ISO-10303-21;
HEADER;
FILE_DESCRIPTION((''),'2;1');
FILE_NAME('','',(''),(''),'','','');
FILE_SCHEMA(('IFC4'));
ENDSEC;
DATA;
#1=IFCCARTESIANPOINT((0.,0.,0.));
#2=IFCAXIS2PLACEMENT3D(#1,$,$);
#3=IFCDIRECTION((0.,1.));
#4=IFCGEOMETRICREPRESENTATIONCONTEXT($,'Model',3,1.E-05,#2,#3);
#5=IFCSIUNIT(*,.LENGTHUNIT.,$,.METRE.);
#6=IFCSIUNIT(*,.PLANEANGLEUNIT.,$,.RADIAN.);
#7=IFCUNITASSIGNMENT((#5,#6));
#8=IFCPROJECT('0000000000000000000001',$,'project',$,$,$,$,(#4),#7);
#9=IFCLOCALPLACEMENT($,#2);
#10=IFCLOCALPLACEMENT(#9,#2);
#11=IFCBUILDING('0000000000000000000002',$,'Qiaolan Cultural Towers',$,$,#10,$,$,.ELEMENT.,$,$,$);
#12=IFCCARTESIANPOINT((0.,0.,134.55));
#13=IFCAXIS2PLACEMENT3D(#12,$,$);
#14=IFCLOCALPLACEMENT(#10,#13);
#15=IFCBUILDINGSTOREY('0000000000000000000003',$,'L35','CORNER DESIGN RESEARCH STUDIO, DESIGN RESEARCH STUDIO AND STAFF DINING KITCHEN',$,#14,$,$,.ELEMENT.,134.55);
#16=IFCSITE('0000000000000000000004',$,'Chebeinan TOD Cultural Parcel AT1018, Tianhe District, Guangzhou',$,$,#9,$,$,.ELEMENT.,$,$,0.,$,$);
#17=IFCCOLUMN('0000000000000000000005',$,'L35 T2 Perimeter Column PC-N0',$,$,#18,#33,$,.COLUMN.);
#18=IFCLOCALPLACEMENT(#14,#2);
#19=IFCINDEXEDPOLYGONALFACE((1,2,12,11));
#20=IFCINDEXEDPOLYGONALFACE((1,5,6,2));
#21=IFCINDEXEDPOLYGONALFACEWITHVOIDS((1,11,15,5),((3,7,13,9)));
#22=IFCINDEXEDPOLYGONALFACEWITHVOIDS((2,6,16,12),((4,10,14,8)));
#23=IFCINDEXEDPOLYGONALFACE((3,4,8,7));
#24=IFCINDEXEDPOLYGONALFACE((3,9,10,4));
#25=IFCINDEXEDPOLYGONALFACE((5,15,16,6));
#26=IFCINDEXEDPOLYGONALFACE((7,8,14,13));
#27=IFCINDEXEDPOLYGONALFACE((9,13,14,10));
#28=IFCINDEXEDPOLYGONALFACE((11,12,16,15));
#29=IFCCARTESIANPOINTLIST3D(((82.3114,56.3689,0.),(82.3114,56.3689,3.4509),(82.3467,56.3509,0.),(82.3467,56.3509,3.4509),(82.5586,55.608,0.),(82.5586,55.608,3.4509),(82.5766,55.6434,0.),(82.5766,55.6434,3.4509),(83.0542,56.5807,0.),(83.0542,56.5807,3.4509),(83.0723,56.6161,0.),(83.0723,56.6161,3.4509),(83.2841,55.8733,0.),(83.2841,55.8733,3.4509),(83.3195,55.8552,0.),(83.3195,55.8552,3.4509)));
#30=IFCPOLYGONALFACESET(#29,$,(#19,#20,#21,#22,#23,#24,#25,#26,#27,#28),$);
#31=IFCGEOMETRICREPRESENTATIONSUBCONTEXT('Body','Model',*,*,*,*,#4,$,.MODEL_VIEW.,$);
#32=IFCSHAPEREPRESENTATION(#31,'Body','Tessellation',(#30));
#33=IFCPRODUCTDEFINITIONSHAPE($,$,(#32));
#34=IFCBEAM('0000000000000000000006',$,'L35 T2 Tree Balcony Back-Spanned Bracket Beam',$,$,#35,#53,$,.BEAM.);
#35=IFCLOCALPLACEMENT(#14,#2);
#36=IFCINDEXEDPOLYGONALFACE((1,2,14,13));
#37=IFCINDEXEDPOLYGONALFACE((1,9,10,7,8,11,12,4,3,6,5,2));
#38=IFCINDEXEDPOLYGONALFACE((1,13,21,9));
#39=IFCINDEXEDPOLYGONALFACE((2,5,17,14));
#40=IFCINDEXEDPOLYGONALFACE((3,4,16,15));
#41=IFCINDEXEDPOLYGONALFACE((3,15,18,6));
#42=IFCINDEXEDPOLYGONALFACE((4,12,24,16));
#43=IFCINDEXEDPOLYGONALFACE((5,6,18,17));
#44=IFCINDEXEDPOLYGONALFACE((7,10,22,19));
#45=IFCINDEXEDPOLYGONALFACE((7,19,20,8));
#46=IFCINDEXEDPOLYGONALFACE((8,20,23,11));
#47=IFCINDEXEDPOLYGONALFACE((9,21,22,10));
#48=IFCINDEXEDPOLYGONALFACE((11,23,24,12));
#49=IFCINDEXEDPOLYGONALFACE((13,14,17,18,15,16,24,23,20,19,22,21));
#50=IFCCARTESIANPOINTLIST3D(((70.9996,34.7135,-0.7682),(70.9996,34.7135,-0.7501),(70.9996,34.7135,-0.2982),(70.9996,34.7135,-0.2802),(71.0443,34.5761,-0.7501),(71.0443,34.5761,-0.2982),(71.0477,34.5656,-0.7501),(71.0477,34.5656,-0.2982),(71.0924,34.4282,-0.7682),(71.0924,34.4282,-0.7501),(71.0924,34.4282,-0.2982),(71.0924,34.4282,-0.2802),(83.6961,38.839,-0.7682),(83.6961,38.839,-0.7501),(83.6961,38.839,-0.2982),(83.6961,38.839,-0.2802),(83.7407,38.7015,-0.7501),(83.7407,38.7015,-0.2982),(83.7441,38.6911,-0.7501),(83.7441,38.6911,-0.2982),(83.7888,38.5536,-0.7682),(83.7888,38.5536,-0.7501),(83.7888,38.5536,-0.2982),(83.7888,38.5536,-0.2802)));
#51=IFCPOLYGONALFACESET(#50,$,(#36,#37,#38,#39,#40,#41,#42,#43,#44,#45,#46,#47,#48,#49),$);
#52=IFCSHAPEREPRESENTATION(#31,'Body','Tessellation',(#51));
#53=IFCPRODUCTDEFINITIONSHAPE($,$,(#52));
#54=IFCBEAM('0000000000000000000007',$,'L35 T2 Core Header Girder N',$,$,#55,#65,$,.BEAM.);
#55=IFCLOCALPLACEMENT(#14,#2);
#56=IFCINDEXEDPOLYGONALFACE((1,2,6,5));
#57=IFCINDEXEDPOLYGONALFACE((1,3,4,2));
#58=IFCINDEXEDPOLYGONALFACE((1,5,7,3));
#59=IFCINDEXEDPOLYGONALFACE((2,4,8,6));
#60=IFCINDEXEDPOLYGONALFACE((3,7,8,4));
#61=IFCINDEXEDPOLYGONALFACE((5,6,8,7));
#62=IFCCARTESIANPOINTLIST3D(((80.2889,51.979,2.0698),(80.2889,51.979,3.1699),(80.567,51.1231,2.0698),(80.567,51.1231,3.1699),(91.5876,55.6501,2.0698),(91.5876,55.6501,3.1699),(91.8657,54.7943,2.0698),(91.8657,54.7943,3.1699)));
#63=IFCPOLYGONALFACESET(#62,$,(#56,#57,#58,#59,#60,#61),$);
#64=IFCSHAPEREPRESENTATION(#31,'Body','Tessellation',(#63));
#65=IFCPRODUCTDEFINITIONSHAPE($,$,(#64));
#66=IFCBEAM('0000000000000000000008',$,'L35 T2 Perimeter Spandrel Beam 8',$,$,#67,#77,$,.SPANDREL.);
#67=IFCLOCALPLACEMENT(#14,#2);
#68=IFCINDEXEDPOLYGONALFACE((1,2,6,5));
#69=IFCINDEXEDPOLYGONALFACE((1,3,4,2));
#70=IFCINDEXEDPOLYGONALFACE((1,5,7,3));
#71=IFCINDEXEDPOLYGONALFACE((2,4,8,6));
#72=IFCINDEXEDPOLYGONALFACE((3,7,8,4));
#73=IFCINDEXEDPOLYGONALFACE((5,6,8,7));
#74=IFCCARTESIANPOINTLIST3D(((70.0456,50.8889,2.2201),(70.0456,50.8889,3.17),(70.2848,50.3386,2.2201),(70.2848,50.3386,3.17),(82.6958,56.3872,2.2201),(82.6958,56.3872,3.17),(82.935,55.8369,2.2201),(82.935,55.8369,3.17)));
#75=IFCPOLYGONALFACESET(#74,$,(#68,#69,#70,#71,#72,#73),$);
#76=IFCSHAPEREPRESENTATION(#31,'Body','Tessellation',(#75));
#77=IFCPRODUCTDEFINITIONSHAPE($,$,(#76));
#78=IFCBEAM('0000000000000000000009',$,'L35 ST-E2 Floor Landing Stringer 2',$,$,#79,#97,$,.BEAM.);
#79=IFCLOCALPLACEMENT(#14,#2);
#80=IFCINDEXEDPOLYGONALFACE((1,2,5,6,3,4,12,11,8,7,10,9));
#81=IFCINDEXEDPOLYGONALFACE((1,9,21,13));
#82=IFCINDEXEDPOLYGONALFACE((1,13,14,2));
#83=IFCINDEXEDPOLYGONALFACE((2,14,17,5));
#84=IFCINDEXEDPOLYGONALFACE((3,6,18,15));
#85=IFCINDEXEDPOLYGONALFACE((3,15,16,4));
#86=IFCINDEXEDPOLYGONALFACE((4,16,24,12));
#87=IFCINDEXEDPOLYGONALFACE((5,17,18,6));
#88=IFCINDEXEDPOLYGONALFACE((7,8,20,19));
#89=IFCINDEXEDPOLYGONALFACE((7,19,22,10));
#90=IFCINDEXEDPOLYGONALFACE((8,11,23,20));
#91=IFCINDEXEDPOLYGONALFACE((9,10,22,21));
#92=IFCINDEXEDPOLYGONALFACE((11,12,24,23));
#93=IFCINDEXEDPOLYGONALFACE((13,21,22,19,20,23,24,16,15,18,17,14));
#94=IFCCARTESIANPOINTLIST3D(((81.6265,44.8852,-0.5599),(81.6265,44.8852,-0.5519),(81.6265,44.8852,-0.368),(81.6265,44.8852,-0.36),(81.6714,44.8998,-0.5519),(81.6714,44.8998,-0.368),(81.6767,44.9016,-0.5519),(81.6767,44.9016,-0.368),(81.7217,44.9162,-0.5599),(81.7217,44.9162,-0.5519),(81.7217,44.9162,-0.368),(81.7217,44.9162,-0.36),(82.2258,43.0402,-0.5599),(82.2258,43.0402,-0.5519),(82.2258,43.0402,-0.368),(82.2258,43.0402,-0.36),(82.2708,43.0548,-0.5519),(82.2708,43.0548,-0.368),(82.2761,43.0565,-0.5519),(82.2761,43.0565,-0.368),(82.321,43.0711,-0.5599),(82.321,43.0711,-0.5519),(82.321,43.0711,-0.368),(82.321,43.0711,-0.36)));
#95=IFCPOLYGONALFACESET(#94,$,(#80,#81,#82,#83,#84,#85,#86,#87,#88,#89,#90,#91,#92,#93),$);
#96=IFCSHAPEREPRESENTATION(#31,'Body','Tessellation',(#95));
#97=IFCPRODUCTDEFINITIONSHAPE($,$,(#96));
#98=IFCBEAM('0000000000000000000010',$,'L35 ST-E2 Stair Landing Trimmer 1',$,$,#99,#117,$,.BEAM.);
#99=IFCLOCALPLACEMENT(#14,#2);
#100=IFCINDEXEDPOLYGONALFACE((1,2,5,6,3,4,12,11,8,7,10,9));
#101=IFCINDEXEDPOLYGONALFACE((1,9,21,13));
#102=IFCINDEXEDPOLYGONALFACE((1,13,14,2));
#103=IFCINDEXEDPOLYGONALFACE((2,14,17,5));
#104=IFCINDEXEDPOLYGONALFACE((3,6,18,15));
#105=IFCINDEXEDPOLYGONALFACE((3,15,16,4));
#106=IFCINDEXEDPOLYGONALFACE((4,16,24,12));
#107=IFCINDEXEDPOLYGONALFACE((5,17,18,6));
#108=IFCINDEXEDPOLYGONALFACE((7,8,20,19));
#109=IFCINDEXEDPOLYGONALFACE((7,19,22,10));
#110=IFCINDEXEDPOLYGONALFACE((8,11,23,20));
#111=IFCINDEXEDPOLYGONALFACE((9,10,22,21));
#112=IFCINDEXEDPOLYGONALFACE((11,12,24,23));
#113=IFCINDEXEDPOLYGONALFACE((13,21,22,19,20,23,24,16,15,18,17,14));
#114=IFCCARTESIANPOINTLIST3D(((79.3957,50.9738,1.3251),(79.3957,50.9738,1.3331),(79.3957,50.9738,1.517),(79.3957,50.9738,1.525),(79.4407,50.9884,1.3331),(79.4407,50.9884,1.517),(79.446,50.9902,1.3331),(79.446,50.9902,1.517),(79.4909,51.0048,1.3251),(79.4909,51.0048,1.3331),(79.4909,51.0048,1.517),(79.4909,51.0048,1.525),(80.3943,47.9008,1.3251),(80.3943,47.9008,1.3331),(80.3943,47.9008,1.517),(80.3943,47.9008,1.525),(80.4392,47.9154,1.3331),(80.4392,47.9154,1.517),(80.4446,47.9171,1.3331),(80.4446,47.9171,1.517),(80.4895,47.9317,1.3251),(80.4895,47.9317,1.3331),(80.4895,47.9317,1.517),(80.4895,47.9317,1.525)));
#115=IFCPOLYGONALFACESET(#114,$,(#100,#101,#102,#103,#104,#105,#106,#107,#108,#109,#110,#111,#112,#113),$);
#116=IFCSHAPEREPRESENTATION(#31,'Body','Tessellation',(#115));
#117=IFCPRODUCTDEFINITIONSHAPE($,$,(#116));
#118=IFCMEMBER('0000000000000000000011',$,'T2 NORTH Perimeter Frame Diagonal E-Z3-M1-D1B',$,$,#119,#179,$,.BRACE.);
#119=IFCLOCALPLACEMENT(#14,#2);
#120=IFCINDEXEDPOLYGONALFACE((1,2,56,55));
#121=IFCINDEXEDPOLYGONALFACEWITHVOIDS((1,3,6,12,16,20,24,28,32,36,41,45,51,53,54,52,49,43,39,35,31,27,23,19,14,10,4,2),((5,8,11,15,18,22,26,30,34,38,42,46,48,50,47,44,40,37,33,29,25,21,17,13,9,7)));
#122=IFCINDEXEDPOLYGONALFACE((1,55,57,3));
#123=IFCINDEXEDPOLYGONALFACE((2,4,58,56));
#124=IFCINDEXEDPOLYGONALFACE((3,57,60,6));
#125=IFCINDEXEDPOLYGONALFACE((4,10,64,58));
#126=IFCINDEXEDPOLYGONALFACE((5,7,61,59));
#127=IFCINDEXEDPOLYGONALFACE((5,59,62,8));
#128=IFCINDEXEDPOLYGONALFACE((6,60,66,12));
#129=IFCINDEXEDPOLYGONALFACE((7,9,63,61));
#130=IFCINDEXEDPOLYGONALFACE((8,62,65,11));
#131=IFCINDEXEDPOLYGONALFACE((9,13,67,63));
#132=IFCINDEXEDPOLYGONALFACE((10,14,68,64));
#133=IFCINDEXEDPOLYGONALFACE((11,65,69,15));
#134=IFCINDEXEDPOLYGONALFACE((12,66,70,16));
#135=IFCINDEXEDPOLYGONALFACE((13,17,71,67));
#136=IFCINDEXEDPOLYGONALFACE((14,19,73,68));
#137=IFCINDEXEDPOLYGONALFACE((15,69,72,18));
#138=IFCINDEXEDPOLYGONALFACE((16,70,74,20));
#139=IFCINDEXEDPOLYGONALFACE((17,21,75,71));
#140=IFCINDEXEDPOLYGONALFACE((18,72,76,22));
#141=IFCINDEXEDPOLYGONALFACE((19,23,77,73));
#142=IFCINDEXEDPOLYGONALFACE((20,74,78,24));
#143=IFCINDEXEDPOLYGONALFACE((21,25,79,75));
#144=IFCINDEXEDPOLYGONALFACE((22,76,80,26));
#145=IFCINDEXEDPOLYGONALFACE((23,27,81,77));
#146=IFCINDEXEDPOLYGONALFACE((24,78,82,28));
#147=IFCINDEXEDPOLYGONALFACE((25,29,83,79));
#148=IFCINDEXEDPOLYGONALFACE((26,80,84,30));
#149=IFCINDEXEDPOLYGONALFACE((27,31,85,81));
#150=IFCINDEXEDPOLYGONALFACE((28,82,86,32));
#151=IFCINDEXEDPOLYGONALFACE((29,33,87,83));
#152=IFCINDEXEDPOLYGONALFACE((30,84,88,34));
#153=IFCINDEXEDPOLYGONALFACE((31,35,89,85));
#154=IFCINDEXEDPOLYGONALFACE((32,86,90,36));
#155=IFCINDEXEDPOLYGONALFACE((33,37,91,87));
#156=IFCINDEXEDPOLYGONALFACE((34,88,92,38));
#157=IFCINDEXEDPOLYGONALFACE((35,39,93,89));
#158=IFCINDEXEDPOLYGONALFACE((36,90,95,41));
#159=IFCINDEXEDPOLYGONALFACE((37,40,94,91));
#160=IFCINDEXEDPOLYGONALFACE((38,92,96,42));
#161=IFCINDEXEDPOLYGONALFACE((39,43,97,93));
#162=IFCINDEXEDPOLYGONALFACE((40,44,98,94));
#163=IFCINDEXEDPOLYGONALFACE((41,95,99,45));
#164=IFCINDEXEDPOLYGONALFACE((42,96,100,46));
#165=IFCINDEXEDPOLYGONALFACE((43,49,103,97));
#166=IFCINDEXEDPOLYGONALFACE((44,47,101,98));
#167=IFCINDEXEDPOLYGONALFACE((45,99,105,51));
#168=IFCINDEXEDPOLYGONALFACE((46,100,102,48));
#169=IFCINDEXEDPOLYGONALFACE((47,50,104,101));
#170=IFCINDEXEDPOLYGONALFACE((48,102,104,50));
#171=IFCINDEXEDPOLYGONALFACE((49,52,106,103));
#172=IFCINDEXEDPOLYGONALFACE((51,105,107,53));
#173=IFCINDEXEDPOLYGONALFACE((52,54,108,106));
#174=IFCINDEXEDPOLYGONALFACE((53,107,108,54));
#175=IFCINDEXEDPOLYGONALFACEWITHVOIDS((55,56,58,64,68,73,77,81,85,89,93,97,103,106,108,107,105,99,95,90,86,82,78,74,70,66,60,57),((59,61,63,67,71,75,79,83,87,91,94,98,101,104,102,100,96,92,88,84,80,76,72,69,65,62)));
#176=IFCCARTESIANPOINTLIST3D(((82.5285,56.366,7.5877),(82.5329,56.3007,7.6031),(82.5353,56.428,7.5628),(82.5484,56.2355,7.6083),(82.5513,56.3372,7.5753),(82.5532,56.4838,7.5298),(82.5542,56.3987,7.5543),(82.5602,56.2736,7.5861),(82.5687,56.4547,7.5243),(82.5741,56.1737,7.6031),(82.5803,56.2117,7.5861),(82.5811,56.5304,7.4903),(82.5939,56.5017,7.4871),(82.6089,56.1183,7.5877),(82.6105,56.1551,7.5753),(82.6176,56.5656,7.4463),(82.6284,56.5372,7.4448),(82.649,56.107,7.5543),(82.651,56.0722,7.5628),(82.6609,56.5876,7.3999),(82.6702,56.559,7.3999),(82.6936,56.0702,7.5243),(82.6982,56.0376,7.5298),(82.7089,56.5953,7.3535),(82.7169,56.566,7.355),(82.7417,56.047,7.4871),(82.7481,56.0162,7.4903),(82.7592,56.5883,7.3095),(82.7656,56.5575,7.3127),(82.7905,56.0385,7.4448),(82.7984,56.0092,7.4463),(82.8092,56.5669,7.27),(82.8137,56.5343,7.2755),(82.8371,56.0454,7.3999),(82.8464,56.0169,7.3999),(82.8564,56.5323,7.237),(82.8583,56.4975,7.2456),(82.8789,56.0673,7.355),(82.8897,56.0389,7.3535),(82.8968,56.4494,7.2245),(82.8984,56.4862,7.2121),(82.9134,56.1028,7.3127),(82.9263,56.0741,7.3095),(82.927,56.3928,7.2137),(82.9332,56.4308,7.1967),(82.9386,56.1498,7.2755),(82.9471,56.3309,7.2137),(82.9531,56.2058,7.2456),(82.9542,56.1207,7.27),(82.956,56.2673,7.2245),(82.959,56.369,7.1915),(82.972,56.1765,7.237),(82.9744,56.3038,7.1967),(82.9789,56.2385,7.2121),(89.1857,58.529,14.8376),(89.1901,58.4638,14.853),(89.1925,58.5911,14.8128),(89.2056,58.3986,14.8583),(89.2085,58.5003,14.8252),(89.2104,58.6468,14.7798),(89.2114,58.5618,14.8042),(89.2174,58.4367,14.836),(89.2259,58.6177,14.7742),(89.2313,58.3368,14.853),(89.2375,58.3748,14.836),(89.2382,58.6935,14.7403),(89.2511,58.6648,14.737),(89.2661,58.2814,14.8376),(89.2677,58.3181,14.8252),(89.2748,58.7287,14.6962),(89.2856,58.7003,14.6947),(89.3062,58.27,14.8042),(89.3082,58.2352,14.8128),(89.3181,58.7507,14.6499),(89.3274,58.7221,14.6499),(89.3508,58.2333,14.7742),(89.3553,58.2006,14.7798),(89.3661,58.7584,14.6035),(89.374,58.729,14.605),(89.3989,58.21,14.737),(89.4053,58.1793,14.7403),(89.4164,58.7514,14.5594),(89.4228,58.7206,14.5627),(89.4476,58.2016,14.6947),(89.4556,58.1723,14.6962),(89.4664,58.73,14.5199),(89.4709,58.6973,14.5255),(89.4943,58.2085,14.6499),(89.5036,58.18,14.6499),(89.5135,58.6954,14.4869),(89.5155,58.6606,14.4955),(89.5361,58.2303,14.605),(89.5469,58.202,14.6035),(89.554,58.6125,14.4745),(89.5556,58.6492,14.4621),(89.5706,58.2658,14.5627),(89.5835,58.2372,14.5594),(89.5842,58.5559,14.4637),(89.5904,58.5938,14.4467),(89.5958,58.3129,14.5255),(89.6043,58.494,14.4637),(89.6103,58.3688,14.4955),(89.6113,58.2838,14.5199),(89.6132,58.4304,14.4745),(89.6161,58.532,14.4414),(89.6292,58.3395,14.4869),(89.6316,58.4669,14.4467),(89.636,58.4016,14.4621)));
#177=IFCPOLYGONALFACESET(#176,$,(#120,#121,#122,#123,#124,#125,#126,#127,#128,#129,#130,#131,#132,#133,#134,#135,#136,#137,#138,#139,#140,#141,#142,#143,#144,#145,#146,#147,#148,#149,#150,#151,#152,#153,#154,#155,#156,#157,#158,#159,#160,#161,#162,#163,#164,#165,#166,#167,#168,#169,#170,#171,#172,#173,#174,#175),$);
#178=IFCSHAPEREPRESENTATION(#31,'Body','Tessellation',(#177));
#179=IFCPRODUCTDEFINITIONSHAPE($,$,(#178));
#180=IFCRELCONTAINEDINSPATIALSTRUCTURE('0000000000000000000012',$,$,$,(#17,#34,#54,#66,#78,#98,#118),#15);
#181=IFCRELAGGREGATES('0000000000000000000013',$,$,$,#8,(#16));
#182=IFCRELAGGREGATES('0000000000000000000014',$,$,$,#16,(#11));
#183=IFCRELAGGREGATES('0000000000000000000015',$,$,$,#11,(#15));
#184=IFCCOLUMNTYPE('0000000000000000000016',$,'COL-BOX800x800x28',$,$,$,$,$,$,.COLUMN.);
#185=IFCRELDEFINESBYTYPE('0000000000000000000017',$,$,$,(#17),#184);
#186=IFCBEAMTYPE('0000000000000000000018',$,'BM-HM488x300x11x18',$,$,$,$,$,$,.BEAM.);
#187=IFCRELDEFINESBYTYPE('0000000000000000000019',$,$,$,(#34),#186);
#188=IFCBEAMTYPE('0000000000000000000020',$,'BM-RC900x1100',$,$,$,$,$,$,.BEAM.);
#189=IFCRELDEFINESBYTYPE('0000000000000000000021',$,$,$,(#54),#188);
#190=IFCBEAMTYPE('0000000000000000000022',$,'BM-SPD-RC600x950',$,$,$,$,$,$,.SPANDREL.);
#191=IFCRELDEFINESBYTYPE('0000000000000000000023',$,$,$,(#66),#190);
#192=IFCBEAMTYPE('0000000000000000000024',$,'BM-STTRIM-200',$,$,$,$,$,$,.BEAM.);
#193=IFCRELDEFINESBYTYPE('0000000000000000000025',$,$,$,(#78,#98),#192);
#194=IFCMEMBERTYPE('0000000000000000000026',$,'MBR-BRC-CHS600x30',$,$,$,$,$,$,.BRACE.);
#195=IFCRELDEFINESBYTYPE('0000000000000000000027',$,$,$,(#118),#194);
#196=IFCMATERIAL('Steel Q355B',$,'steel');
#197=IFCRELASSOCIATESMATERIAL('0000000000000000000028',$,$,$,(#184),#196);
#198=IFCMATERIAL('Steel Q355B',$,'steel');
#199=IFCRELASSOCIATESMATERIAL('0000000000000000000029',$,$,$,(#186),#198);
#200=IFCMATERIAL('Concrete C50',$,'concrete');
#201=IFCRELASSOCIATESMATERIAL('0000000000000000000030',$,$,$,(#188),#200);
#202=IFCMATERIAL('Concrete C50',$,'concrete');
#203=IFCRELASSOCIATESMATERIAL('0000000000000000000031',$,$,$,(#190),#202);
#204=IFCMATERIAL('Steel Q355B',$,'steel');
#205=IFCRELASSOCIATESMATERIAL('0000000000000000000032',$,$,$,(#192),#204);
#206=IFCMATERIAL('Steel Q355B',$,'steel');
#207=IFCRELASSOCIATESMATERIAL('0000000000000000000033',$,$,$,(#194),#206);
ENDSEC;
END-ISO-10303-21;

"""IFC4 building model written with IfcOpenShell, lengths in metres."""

from ifc_helpers import new_model, si_unit, direction, frame, origin, origin_2d, place, context, subcontext, project, spatial, rectangle, hollow_rectangle, hollow_circle, i_section, extrude, material, material_profile, profile_set, type_object, element, save


model = new_model("IFC4")

# Units and contexts
model_context = context("Model", 3, precision=1e-05, world=origin(), true_north=direction((0.0, 1.0)))
body_context = subcontext(model_context, "Body", "Model", "MODEL_VIEW")
ifc_project = project(units=[si_unit("LENGTHUNIT", "METRE"), si_unit("PLANEANGLEUNIT", "RADIAN")], contexts=[model_context])

# Site, building, storey
site_placement = place(None, origin())
site = spatial("IfcSite", under=ifc_project, at=site_placement, Name="Chebeinan TOD Cultural Parcel AT1018, Tianhe District, Guangzhou", CompositionType="ELEMENT", RefElevation=0.0)
building_placement = place(site_placement, origin())
building = spatial("IfcBuilding", under=site, at=building_placement, Name="Qiaolan Cultural Towers", CompositionType="ELEMENT")
storey_placement = place(building_placement, frame((0.0, 0.0, 134.55)))
storey = spatial("IfcBuildingStorey", under=building, at=storey_placement, Name="L35", Description="CORNER DESIGN RESEARCH STUDIO, DESIGN RESEARCH STUDIO AND STAFF DINING KITCHEN", CompositionType="ELEMENT", Elevation=134.55)

# Column
ifc_material_1 = material(Name="Steel Q355B", Category="steel")
ifc_material_profile_1 = material_profile(ifc_material_1, hollow_rectangle(XDim=0.8, YDim=0.8, WallThickness=0.0281, at=origin_2d()), Name="BOX800x800x28")
ifc_profile_set_1 = profile_set([ifc_material_profile_1], Name="Steel Q355B")
column_type = type_object("IfcColumnType", Name="COL-BOX800x800x28", PredefinedType="COLUMN", material=ifc_profile_set_1)
column_placement = place(storey_placement, frame((82.8154, 56.1121, 0.0), z_axis=(0.0, 0.0, 1.0), x_axis=(0.951057, 0.309017, 0.0)))
element("IfcColumn", 1, at=column_placement, inside=storey, type_object=column_type, Name="L35 T2 Perimeter Column PC-N0", PredefinedType="COLUMN", context=body_context, shape_type="SweptSolid", body=[
    extrude(hollow_rectangle(XDim=0.8, YDim=0.8, WallThickness=0.0281, at=origin_2d()), origin(), (0.0, 0.0, 1.0), 3.4509),
])

# Beams
ifc_material_2 = material(Name="Steel Q355B", Category="steel")
ifc_material_profile_2 = material_profile(ifc_material_2, i_section(OverallWidth=0.3, OverallDepth=0.488, WebThickness=0.011, FlangeThickness=0.0181, at=origin_2d()), Name="HM488x300x11x18")
ifc_profile_set_2 = profile_set([ifc_material_profile_2], Name="Steel Q355B")
beam_type_1 = type_object("IfcBeamType", Name="BM-HM488x300x11x18", PredefinedType="BEAM", material=ifc_profile_set_2)
beam_1_placement = place(storey_placement, frame((83.7424, 38.6963, -0.5242), z_axis=(-0.951054, -0.309026, 0.0), x_axis=(0.309026, -0.951054, 0.0)))
element("IfcBeam", 2, at=beam_1_placement, inside=storey, type_object=beam_type_1, Name="L35 T2 Tree Balcony Back-Spanned Bracket Beam", PredefinedType="BEAM", context=body_context, shape_type="SweptSolid", body=[
    extrude(i_section(OverallWidth=0.3, OverallDepth=0.488, WebThickness=0.011, FlangeThickness=0.0181, at=origin_2d()), origin(), (0.0, 0.0, 1.0), 13.3499),
])
ifc_material_3 = material(Name="Concrete C50", Category="concrete")
ifc_material_profile_3 = material_profile(ifc_material_3, rectangle(XDim=0.8999, YDim=1.1001, at=origin_2d()), Name="RC900x1100")
ifc_profile_set_3 = profile_set([ifc_material_profile_3], Name="Concrete C50")
beam_type_2 = type_object("IfcBeamType", Name="BM-RC900x1100", PredefinedType="BEAM", material=ifc_profile_set_3)
beam_2_placement = place(storey_placement, frame((80.428, 51.551, 2.6199), z_axis=(0.951056, 0.309018, 0.0), x_axis=(-0.309018, 0.951056, 0.0)))
element("IfcBeam", 3, at=beam_2_placement, inside=storey, type_object=beam_type_2, Name="L35 T2 Core Header Girder N", PredefinedType="BEAM", context=body_context, shape_type="SweptSolid", body=[
    extrude(rectangle(XDim=0.8999, YDim=1.1001, at=origin_2d()), origin(), (0.0, 0.0, 1.0), 11.8801),
])
ifc_material_4 = material(Name="Concrete C50", Category="concrete")
ifc_material_profile_4 = material_profile(ifc_material_4, rectangle(XDim=0.6001, YDim=0.95, at=origin_2d()), Name="RC600x950")
ifc_profile_set_4 = profile_set([ifc_material_profile_4], Name="Concrete C50")
beam_type_3 = type_object("IfcBeamType", Name="BM-SPD-RC600x950", PredefinedType="SPANDREL", material=ifc_profile_set_4)
beam_3_placement = place(storey_placement, frame((82.8154, 56.1121, 2.6951), z_axis=(-0.917117, -0.398618, 0.0), x_axis=(0.398618, -0.917117, 0.0)))
element("IfcBeam", 4, at=beam_3_placement, inside=storey, type_object=beam_type_3, Name="L35 T2 Perimeter Spandrel Beam 8", PredefinedType="SPANDREL", context=body_context, shape_type="SweptSolid", body=[
    extrude(rectangle(XDim=0.6001, YDim=0.95, at=origin_2d()), origin(), (0.0, 0.0, 1.0), 13.7935),
])
ifc_material_5 = material(Name="Steel Q355B", Category="steel")
ifc_material_profile_5 = material_profile(ifc_material_5, i_section(OverallWidth=0.1001, OverallDepth=0.2, WebThickness=0.0056, FlangeThickness=0.0081, at=origin_2d()), Name="HN200x100x5.5x8")
ifc_profile_set_5 = profile_set([ifc_material_profile_5], Name="Steel Q355B")
beam_type_4 = type_object("IfcBeamType", Name="BM-STTRIM-200", PredefinedType="BEAM", material=ifc_profile_set_5)
beam_4_placement = place(storey_placement, frame((82.2734, 43.0557, -0.46), z_axis=(-0.308969, 0.951072, 0.0), x_axis=(-0.951072, -0.308969, 0.0)))
element("IfcBeam", 5, at=beam_4_placement, inside=storey, type_object=beam_type_4, Name="L35 ST-E2 Floor Landing Stringer 2", PredefinedType="BEAM", context=body_context, shape_type="SweptSolid", body=[
    extrude(i_section(OverallWidth=0.1001, OverallDepth=0.2, WebThickness=0.0056, FlangeThickness=0.0081, at=origin_2d()), origin(), (0.0, 0.0, 1.0), 1.9399),
])
beam_5_placement = place(storey_placement, frame((80.4419, 47.9163, 1.425), z_axis=(-0.309033, 0.951051, 0.0), x_axis=(-0.951051, -0.309033, 0.0)))
element("IfcBeam", 6, at=beam_5_placement, inside=storey, type_object=beam_type_4, Name="L35 ST-E2 Stair Landing Trimmer 1", PredefinedType="BEAM", context=body_context, shape_type="SweptSolid", body=[
    extrude(i_section(OverallWidth=0.1001, OverallDepth=0.2, WebThickness=0.0056, FlangeThickness=0.0081, at=origin_2d()), origin(), (0.0, 0.0, 1.0), 3.2312),
])

# Member
ifc_material_6 = material(Name="Steel Q355B", Category="steel")
ifc_material_profile_6 = material_profile(ifc_material_6, hollow_circle(Radius=0.3, WallThickness=0.03, at=origin_2d()), Name="CHS600x30")
ifc_profile_set_6 = profile_set([ifc_material_profile_6], Name="Steel Q355B")
member_type = type_object("IfcMemberType", Name="MBR-BRC-CHS600x30", PredefinedType="BRACE", material=ifc_profile_set_6)
member_1_placement = place(storey_placement, frame((82.7537, 56.3022, 7.3999), z_axis=(0.66059, 0.214641, 0.71941), x_axis=(-0.30902, 0.951056, 0.0)))
element("IfcMember", 7, at=member_1_placement, inside=storey, type_object=member_type, Name="T2 NORTH Perimeter Frame Diagonal E-Z3-M1-D1B", PredefinedType="BRACE", context=body_context, shape_type="SweptSolid", body=[
    extrude(hollow_circle(Radius=0.3, WallThickness=0.03, at=origin_2d()), origin(), (0.0, 0.0, 1.0), 10.0776),
])

save(model, "model.ifc")
